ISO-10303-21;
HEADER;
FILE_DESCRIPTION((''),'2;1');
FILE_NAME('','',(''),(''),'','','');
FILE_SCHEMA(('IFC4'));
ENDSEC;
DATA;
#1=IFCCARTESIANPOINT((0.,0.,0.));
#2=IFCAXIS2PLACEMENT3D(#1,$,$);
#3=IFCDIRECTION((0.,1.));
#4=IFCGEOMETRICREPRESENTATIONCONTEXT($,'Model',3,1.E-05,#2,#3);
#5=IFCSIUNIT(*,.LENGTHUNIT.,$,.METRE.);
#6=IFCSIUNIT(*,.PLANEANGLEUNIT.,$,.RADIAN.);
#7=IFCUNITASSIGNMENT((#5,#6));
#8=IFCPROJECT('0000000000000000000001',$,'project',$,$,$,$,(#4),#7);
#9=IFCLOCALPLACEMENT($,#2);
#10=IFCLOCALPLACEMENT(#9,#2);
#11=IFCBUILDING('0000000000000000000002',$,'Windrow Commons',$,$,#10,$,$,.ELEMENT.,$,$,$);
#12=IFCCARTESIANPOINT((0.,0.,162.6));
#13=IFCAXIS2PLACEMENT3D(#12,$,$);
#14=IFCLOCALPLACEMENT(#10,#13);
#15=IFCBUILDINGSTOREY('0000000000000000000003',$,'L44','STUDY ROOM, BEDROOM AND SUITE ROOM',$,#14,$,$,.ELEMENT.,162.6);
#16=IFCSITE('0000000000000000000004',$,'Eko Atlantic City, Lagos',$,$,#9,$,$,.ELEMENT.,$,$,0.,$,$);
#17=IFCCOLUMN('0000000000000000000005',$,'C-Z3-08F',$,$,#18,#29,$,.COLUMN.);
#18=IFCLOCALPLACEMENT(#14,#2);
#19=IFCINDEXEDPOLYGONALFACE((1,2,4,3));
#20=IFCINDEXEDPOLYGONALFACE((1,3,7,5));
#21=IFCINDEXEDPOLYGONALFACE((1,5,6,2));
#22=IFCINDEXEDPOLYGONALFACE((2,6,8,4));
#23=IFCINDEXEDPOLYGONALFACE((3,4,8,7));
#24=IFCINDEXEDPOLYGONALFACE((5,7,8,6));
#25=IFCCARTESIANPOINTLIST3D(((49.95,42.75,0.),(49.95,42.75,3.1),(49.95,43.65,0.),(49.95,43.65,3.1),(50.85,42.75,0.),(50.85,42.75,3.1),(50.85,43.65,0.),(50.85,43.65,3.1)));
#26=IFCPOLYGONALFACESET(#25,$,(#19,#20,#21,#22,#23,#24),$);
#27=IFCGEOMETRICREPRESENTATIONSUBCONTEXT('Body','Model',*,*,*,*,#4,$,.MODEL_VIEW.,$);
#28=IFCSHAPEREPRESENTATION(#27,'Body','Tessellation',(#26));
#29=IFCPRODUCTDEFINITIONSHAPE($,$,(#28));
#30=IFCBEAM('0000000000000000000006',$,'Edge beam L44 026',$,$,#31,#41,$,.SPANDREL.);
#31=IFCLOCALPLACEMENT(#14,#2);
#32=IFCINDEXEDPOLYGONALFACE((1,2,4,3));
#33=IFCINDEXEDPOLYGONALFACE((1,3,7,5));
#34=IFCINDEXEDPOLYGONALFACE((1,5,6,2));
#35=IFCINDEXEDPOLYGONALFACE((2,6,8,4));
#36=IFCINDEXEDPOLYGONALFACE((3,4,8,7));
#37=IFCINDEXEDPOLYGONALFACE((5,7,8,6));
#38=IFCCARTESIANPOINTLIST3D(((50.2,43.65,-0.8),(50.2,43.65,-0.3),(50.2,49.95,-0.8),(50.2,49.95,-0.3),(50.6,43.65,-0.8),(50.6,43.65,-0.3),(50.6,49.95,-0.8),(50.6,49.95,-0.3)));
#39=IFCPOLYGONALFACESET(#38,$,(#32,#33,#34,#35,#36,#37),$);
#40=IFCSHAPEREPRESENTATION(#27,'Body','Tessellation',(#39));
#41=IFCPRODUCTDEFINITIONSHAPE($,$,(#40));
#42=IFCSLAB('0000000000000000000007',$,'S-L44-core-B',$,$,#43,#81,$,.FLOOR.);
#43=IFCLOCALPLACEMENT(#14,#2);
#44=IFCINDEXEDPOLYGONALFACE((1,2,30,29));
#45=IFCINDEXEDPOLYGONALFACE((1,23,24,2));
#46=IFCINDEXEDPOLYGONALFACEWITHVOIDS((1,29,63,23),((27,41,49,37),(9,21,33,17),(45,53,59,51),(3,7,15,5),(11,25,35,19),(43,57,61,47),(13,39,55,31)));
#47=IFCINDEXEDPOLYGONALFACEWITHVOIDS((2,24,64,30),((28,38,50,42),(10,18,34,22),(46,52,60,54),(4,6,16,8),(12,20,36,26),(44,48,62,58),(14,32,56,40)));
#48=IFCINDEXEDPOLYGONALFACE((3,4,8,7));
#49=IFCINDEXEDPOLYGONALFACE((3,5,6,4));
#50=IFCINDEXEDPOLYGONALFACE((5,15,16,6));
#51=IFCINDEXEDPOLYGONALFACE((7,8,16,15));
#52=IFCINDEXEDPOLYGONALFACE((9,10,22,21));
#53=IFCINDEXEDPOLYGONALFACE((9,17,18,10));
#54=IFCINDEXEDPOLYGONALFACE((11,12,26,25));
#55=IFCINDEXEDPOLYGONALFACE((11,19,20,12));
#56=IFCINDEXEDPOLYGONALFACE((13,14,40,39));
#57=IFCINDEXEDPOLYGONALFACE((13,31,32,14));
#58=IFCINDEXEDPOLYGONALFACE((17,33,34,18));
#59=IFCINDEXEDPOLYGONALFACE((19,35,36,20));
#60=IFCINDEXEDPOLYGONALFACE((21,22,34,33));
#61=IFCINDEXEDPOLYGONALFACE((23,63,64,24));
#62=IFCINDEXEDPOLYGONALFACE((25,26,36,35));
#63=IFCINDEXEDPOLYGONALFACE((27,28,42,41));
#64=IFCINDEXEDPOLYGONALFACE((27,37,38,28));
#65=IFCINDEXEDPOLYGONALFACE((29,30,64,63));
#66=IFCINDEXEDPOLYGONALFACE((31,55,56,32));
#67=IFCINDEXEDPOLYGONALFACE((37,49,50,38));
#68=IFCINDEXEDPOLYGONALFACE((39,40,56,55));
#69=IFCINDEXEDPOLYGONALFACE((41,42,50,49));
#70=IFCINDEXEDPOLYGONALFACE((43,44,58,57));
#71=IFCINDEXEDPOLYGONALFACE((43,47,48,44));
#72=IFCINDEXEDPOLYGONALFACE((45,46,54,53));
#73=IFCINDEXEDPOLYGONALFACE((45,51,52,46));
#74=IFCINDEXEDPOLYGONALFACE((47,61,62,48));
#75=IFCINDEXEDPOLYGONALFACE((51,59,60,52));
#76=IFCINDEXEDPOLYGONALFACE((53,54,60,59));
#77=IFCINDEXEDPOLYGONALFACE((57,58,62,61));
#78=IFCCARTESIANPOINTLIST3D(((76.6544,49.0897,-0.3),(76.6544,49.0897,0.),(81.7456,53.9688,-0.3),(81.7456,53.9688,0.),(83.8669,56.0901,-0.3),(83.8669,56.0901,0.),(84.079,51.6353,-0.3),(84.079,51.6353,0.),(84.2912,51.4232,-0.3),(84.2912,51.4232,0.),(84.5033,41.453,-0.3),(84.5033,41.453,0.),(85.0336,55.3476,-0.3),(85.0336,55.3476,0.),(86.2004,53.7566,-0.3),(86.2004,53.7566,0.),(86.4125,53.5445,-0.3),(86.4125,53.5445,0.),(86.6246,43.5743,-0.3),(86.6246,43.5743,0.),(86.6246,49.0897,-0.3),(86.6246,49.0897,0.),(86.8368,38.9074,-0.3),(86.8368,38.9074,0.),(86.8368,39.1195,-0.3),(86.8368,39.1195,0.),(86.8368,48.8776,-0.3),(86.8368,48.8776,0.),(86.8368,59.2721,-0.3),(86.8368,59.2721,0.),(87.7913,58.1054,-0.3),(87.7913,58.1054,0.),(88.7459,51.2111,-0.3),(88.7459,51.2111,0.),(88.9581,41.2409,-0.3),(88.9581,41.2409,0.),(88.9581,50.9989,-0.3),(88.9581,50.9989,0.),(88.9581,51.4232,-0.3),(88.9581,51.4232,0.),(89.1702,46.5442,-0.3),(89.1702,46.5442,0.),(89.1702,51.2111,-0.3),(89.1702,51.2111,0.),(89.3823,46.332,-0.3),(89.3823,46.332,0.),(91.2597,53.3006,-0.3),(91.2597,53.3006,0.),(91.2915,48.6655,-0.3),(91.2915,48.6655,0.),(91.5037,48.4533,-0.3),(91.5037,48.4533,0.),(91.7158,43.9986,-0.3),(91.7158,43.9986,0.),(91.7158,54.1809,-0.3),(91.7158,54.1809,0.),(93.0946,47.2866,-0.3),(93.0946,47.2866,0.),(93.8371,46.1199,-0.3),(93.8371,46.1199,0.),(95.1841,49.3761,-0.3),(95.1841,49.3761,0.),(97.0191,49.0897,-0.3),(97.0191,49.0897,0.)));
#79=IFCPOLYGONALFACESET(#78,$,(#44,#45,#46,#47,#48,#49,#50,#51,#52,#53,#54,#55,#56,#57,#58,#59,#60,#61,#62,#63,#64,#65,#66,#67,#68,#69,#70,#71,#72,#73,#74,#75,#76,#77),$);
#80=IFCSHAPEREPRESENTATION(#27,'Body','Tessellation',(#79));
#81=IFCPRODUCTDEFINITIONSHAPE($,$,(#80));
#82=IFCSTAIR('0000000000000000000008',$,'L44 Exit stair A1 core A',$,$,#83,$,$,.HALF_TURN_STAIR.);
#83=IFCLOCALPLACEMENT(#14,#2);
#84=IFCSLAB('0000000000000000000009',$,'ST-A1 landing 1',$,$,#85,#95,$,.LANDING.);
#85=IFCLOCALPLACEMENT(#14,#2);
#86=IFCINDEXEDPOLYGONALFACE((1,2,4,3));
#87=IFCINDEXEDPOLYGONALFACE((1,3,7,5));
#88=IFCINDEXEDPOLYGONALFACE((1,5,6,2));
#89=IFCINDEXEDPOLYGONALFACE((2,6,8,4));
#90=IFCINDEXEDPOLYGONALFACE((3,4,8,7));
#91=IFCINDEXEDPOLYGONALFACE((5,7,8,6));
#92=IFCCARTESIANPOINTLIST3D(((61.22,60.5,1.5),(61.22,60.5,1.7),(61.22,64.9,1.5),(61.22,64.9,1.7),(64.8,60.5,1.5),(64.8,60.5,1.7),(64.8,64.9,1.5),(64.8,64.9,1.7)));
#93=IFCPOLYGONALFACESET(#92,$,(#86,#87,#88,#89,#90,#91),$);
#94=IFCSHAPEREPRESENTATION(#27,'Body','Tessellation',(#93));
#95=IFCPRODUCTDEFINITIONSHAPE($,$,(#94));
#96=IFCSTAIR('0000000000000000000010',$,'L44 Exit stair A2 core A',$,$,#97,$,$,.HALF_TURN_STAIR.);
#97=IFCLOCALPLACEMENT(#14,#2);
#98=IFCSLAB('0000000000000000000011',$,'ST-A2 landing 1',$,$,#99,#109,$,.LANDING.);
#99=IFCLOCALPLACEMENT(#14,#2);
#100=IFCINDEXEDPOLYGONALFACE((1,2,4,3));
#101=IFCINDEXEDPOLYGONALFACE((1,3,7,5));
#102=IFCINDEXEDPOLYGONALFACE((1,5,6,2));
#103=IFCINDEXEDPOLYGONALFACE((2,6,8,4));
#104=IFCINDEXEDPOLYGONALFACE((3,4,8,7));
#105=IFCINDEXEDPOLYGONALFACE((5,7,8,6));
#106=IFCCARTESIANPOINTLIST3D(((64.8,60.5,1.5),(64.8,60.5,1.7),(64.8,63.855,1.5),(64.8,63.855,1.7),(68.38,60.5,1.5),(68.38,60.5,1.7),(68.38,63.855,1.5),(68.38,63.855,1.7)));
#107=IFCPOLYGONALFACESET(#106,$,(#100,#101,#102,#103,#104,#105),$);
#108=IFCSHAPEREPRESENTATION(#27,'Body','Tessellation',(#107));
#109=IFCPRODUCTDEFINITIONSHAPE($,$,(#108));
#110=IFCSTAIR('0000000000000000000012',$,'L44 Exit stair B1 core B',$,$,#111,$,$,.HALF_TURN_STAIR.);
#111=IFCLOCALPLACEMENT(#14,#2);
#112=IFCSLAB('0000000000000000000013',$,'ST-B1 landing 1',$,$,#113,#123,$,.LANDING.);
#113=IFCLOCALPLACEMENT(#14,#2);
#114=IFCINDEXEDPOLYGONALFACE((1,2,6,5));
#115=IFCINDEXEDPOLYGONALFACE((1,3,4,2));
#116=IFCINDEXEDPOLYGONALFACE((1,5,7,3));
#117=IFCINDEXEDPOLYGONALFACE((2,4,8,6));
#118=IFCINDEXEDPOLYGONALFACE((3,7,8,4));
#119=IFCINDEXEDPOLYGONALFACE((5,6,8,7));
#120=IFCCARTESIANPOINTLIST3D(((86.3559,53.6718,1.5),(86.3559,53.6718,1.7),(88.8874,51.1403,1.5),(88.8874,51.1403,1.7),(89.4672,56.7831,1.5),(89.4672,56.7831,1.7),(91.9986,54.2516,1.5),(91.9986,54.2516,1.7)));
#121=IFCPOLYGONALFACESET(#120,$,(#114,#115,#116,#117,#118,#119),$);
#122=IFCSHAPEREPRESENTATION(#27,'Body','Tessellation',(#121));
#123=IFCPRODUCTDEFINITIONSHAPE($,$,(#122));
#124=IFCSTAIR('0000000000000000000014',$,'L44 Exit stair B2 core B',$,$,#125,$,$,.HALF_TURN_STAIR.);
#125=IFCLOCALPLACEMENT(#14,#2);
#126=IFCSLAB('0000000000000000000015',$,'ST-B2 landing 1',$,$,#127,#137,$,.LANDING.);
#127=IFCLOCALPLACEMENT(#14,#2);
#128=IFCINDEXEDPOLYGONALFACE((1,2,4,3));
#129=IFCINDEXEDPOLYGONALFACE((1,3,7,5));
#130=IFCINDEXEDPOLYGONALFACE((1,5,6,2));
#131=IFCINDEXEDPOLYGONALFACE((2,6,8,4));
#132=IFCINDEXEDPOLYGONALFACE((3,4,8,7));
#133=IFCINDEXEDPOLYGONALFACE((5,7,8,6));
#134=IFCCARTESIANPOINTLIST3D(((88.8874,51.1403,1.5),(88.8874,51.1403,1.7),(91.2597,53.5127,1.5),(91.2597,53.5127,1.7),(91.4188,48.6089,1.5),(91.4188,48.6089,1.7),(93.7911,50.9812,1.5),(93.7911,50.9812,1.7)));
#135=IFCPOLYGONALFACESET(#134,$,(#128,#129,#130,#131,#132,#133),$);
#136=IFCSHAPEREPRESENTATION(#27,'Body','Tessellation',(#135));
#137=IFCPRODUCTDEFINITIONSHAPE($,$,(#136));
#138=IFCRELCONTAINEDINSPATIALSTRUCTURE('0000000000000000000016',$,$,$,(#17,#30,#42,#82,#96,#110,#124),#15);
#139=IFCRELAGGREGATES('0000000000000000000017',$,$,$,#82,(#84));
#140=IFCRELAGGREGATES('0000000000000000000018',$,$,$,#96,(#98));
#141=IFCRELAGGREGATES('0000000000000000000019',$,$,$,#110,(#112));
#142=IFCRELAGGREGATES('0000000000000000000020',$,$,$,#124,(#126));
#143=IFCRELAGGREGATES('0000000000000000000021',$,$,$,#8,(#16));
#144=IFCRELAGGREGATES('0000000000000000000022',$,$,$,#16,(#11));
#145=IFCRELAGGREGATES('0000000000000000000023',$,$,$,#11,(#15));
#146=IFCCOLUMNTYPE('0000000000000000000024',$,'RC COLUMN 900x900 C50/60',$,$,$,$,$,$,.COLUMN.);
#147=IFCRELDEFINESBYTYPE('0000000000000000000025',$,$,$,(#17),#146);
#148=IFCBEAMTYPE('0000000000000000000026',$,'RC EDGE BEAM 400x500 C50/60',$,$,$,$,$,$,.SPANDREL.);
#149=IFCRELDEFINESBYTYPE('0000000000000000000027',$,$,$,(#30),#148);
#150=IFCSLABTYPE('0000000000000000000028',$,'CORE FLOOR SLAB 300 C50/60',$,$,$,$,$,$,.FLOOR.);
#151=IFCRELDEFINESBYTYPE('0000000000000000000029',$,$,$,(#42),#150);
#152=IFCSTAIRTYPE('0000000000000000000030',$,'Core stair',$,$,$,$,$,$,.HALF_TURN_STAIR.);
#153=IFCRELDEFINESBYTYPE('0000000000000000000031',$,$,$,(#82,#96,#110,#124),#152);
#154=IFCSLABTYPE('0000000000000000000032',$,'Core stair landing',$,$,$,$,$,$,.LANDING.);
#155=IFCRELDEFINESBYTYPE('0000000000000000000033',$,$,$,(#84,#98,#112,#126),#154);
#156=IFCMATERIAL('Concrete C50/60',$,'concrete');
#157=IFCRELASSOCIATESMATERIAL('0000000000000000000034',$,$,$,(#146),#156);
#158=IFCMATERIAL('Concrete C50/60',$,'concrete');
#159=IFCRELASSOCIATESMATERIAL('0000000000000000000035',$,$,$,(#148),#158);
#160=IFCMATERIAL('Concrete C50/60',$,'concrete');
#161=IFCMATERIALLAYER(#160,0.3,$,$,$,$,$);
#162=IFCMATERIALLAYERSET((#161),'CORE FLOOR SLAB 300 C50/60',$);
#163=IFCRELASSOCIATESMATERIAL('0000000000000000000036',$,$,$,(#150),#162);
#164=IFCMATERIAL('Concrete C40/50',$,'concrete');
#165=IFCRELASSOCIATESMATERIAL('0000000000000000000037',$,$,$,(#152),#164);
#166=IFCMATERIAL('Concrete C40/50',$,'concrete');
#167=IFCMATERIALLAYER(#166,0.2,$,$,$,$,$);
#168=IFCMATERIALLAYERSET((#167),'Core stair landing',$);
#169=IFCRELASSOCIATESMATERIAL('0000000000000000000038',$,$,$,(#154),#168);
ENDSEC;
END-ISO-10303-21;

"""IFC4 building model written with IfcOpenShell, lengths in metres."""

from ifc_helpers import new_model, si_unit, direction, frame, origin, origin_2d, place, context, subcontext, project, spatial, polyline, rectangle, outline, extrude, material, layer, layer_set, material_profile, profile_set, type_object, element, aggregate, save


model = new_model("IFC4")

# Units and contexts
model_context = context("Model", 3, precision=1e-05, world=origin(), true_north=direction((0.0, 1.0)))
body_context = subcontext(model_context, "Body", "Model", "MODEL_VIEW")
ifc_project = project(units=[si_unit("LENGTHUNIT", "METRE"), si_unit("PLANEANGLEUNIT", "RADIAN")], contexts=[model_context])

# Site, building, storey
site_placement = place(None, origin())
site = spatial("IfcSite", under=ifc_project, at=site_placement, Name="Eko Atlantic City, Lagos", CompositionType="ELEMENT", RefElevation=0.0)
building_placement = place(site_placement, origin())
building = spatial("IfcBuilding", under=site, at=building_placement, Name="Windrow Commons", CompositionType="ELEMENT")
storey_placement = place(building_placement, frame((0.0, 0.0, 162.6)))
storey = spatial("IfcBuildingStorey", under=building, at=storey_placement, Name="L44", Description="STUDY ROOM, BEDROOM AND SUITE ROOM", CompositionType="ELEMENT", Elevation=162.6)

# Column
ifc_material_1 = material(Name="Concrete C50/60", Category="concrete")
ifc_material_profile_1 = material_profile(ifc_material_1, rectangle(XDim=0.9, YDim=0.9, at=origin_2d()))
ifc_profile_set_1 = profile_set([ifc_material_profile_1], Name="Concrete C50/60")
column_type = type_object("IfcColumnType", Name="RC COLUMN 900x900 C50/60", PredefinedType="COLUMN", material=ifc_profile_set_1)
column_placement = place(storey_placement, frame((50.4, 43.2, 0.0), z_axis=(0.0, 0.0, 1.0), x_axis=(1.0, 0.0, 0.0)))
element("IfcColumn", 1, at=column_placement, inside=storey, type_object=column_type, Name="C-Z3-08F", PredefinedType="COLUMN", context=body_context, shape_type="SweptSolid", body=[
    extrude(rectangle(XDim=0.9, YDim=0.9, at=origin_2d()), origin(), (0.0, 0.0, 1.0), 3.1),
])

# Beam
ifc_material_2 = material(Name="Concrete C50/60", Category="concrete")
ifc_material_profile_2 = material_profile(ifc_material_2, rectangle(XDim=0.4, YDim=0.5, at=origin_2d()))
ifc_profile_set_2 = profile_set([ifc_material_profile_2], Name="Concrete C50/60")
beam_type = type_object("IfcBeamType", Name="RC EDGE BEAM 400x500 C50/60", PredefinedType="SPANDREL", material=ifc_profile_set_2)
beam_placement = place(storey_placement, frame((50.4, 43.65, -0.55), z_axis=(0.0, 1.0, 0.0), x_axis=(-1.0, 0.0, 0.0)))
element("IfcBeam", 2, at=beam_placement, inside=storey, type_object=beam_type, Name="Edge beam L44 026", PredefinedType="SPANDREL", context=body_context, shape_type="SweptSolid", body=[
    extrude(rectangle(XDim=0.4, YDim=0.5, at=origin_2d()), origin(), (0.0, 0.0, 1.0), 6.3),
])

# Slab, openings
ifc_material_3 = material(Name="Concrete C50/60", Category="concrete")
ifc_layer_1 = layer(ifc_material_3, 0.3)
ifc_layer_set_1 = layer_set([ifc_layer_1], Name="CORE FLOOR SLAB 300 C50/60")
slab_type_1 = type_object("IfcSlabType", Name="CORE FLOOR SLAB 300 C50/60", PredefinedType="FLOOR", material=ifc_layer_set_1)
placement_1 = place(storey_placement, frame((0.0, 0.0, -0.3)))
slab_1 = element("IfcSlab", 3, at=placement_1, inside=storey, type_object=slab_type_1, Name="S-L44-core-B", PredefinedType="FLOOR", context=body_context, shape_type="SweptSolid", body=[
    extrude(outline(polyline([(76.6544, 49.0897), (86.8368, 38.9074), (97.0191, 49.0897), (86.8368, 59.2721), (76.6544, 49.0897)]), holes=[polyline([(84.5033, 41.453), (86.8368, 39.1195), (88.9581, 41.2409), (86.6246, 43.5743), (84.5033, 41.453)]), polyline([(81.7456, 53.9688), (84.079, 51.6353), (86.2004, 53.7566), (83.8669, 56.0901), (81.7456, 53.9688)]), polyline([(84.2912, 51.4232), (86.6246, 49.0897), (88.7459, 51.2111), (86.4125, 53.5445), (84.2912, 51.4232)]), polyline([(86.8368, 48.8776), (89.1702, 46.5442), (91.2915, 48.6655), (88.9581, 50.9989), (86.8368, 48.8776)]), polyline([(89.3823, 46.332), (91.7158, 43.9986), (93.8371, 46.1199), (91.5037, 48.4533), (89.3823, 46.332)]), polyline([(85.0336, 55.3476), (88.9581, 51.4232), (91.7158, 54.1809), (87.7913, 58.1054), (85.0336, 55.3476)]), polyline([(89.1702, 51.2111), (93.0946, 47.2866), (95.1841, 49.3761), (91.2597, 53.3006), (89.1702, 51.2111)])]), origin(), (0.0, 0.0, 1.0), 0.3),
])
opening_1_placement = place(placement_1, origin())
element("IfcOpeningElement", 4, at=opening_1_placement, cuts=slab_1, PredefinedType="OPENING", context=body_context, shape_type="SweptSolid", body=[
    extrude(outline(polyline([(84.5104, 41.453), (86.6246, 43.5672), (88.951, 41.2409), (86.8368, 39.1266), (84.5104, 41.453)])), origin(), (0.0, 0.0, 1.0), 0.3),
])
opening_2_placement = place(placement_1, origin())
element("IfcOpeningElement", 5, at=opening_2_placement, cuts=slab_1, PredefinedType="OPENING", context=body_context, shape_type="SweptSolid", body=[
    extrude(outline(polyline([(81.7527, 53.9688), (83.8669, 56.083), (86.1933, 53.7566), (84.079, 51.6424), (81.7527, 53.9688)])), origin(), (0.0, 0.0, 1.0), 0.3),
])
opening_3_placement = place(placement_1, origin())
element("IfcOpeningElement", 6, at=opening_3_placement, cuts=slab_1, PredefinedType="OPENING", context=body_context, shape_type="SweptSolid", body=[
    extrude(outline(polyline([(84.2983, 51.4232), (86.4125, 53.5374), (88.7388, 51.2111), (86.6246, 49.0968), (84.2983, 51.4232)])), origin(), (0.0, 0.0, 1.0), 0.3),
])
opening_4_placement = place(placement_1, origin())
element("IfcOpeningElement", 7, at=opening_4_placement, cuts=slab_1, PredefinedType="OPENING", context=body_context, shape_type="SweptSolid", body=[
    extrude(outline(polyline([(86.8439, 48.8776), (88.9581, 50.9918), (91.2844, 48.6655), (89.1702, 46.5513), (86.8439, 48.8776)])), origin(), (0.0, 0.0, 1.0), 0.3),
])
opening_5_placement = place(placement_1, origin())
element("IfcOpeningElement", 8, at=opening_5_placement, cuts=slab_1, PredefinedType="OPENING", context=body_context, shape_type="SweptSolid", body=[
    extrude(outline(polyline([(89.3894, 46.332), (91.5037, 48.4462), (93.83, 46.1199), (91.7158, 44.0057), (89.3894, 46.332)])), origin(), (0.0, 0.0, 1.0), 0.3),
])
opening_6_placement = place(placement_1, origin())
element("IfcOpeningElement", 9, at=opening_6_placement, cuts=slab_1, PredefinedType="OPENING", context=body_context, shape_type="SweptSolid", body=[
    extrude(outline(polyline([(85.0407, 55.3476), (87.7913, 58.0983), (91.7087, 54.1809), (88.9581, 51.4303), (85.0407, 55.3476)])), origin(), (0.0, 0.0, 1.0), 0.3),
])
opening_7_placement = place(placement_1, origin())
element("IfcOpeningElement", 10, at=opening_7_placement, cuts=slab_1, PredefinedType="OPENING", context=body_context, shape_type="SweptSolid", body=[
    extrude(outline(polyline([(89.1773, 51.2111), (91.2597, 53.2935), (95.177, 49.3761), (93.0946, 47.2937), (89.1773, 51.2111)])), origin(), (0.0, 0.0, 1.0), 0.3),
])

# Stairs, slabs
ifc_material_4 = material(Name="Concrete C40/50", Category="concrete")
stair_type = type_object("IfcStairType", Name="Core stair", PredefinedType="HALF_TURN_STAIR", material=ifc_material_4)
placement_2 = place(storey_placement, origin())
stair_1 = element("IfcStair", 11, at=placement_2, inside=storey, type_object=stair_type, Name="L44 Exit stair A1 core A", PredefinedType="HALF_TURN_STAIR")
ifc_material_5 = material(Name="Concrete C40/50", Category="concrete")
ifc_layer_2 = layer(ifc_material_5, 0.2)
ifc_layer_set_2 = layer_set([ifc_layer_2], Name="Core stair landing")
slab_type_2 = type_object("IfcSlabType", Name="Core stair landing", PredefinedType="LANDING", material=ifc_layer_set_2)
placement_3 = place(storey_placement, frame((0.0, 0.0, 1.5)))
slab_2 = element("IfcSlab", 12, at=placement_3, type_object=slab_type_2, Name="ST-A1 landing 1", PredefinedType="LANDING", context=body_context, shape_type="SweptSolid", body=[
    extrude(outline(polyline([(61.22, 60.5), (64.8, 60.5), (64.8, 64.9), (61.22, 64.9), (61.22, 60.5)])), origin(), (0.0, 0.0, 1.0), 0.2),
])
aggregate(stair_1, [slab_2])
stair_2 = element("IfcStair", 13, at=placement_2, inside=storey, type_object=stair_type, Name="L44 Exit stair A2 core A", PredefinedType="HALF_TURN_STAIR")
slab_3 = element("IfcSlab", 14, at=placement_3, type_object=slab_type_2, Name="ST-A2 landing 1", PredefinedType="LANDING", context=body_context, shape_type="SweptSolid", body=[
    extrude(outline(polyline([(64.8, 60.5), (68.38, 60.5), (68.38, 63.855), (64.8, 63.855), (64.8, 60.5)])), origin(), (0.0, 0.0, 1.0), 0.2),
])
aggregate(stair_2, [slab_3])
stair_3 = element("IfcStair", 15, at=placement_2, inside=storey, type_object=stair_type, Name="L44 Exit stair B1 core B", PredefinedType="HALF_TURN_STAIR")
slab_4 = element("IfcSlab", 16, at=placement_3, type_object=slab_type_2, Name="ST-B1 landing 1", PredefinedType="LANDING", context=body_context, shape_type="SweptSolid", body=[
    extrude(outline(polyline([(86.3559, 53.6718), (88.8874, 51.1403), (91.9986, 54.2516), (89.4672, 56.7831), (86.3559, 53.6718)])), origin(), (0.0, 0.0, 1.0), 0.2),
])
aggregate(stair_3, [slab_4])
stair_4 = element("IfcStair", 17, at=placement_2, inside=storey, type_object=stair_type, Name="L44 Exit stair B2 core B", PredefinedType="HALF_TURN_STAIR")
slab_5 = element("IfcSlab", 18, at=placement_3, type_object=slab_type_2, Name="ST-B2 landing 1", PredefinedType="LANDING", context=body_context, shape_type="SweptSolid", body=[
    extrude(outline(polyline([(88.8874, 51.1403), (91.4188, 48.6089), (93.7911, 50.9812), (91.2597, 53.5127), (88.8874, 51.1403)])), origin(), (0.0, 0.0, 1.0), 0.2),
])
aggregate(stair_4, [slab_5])

save(model, "model.ifc")
